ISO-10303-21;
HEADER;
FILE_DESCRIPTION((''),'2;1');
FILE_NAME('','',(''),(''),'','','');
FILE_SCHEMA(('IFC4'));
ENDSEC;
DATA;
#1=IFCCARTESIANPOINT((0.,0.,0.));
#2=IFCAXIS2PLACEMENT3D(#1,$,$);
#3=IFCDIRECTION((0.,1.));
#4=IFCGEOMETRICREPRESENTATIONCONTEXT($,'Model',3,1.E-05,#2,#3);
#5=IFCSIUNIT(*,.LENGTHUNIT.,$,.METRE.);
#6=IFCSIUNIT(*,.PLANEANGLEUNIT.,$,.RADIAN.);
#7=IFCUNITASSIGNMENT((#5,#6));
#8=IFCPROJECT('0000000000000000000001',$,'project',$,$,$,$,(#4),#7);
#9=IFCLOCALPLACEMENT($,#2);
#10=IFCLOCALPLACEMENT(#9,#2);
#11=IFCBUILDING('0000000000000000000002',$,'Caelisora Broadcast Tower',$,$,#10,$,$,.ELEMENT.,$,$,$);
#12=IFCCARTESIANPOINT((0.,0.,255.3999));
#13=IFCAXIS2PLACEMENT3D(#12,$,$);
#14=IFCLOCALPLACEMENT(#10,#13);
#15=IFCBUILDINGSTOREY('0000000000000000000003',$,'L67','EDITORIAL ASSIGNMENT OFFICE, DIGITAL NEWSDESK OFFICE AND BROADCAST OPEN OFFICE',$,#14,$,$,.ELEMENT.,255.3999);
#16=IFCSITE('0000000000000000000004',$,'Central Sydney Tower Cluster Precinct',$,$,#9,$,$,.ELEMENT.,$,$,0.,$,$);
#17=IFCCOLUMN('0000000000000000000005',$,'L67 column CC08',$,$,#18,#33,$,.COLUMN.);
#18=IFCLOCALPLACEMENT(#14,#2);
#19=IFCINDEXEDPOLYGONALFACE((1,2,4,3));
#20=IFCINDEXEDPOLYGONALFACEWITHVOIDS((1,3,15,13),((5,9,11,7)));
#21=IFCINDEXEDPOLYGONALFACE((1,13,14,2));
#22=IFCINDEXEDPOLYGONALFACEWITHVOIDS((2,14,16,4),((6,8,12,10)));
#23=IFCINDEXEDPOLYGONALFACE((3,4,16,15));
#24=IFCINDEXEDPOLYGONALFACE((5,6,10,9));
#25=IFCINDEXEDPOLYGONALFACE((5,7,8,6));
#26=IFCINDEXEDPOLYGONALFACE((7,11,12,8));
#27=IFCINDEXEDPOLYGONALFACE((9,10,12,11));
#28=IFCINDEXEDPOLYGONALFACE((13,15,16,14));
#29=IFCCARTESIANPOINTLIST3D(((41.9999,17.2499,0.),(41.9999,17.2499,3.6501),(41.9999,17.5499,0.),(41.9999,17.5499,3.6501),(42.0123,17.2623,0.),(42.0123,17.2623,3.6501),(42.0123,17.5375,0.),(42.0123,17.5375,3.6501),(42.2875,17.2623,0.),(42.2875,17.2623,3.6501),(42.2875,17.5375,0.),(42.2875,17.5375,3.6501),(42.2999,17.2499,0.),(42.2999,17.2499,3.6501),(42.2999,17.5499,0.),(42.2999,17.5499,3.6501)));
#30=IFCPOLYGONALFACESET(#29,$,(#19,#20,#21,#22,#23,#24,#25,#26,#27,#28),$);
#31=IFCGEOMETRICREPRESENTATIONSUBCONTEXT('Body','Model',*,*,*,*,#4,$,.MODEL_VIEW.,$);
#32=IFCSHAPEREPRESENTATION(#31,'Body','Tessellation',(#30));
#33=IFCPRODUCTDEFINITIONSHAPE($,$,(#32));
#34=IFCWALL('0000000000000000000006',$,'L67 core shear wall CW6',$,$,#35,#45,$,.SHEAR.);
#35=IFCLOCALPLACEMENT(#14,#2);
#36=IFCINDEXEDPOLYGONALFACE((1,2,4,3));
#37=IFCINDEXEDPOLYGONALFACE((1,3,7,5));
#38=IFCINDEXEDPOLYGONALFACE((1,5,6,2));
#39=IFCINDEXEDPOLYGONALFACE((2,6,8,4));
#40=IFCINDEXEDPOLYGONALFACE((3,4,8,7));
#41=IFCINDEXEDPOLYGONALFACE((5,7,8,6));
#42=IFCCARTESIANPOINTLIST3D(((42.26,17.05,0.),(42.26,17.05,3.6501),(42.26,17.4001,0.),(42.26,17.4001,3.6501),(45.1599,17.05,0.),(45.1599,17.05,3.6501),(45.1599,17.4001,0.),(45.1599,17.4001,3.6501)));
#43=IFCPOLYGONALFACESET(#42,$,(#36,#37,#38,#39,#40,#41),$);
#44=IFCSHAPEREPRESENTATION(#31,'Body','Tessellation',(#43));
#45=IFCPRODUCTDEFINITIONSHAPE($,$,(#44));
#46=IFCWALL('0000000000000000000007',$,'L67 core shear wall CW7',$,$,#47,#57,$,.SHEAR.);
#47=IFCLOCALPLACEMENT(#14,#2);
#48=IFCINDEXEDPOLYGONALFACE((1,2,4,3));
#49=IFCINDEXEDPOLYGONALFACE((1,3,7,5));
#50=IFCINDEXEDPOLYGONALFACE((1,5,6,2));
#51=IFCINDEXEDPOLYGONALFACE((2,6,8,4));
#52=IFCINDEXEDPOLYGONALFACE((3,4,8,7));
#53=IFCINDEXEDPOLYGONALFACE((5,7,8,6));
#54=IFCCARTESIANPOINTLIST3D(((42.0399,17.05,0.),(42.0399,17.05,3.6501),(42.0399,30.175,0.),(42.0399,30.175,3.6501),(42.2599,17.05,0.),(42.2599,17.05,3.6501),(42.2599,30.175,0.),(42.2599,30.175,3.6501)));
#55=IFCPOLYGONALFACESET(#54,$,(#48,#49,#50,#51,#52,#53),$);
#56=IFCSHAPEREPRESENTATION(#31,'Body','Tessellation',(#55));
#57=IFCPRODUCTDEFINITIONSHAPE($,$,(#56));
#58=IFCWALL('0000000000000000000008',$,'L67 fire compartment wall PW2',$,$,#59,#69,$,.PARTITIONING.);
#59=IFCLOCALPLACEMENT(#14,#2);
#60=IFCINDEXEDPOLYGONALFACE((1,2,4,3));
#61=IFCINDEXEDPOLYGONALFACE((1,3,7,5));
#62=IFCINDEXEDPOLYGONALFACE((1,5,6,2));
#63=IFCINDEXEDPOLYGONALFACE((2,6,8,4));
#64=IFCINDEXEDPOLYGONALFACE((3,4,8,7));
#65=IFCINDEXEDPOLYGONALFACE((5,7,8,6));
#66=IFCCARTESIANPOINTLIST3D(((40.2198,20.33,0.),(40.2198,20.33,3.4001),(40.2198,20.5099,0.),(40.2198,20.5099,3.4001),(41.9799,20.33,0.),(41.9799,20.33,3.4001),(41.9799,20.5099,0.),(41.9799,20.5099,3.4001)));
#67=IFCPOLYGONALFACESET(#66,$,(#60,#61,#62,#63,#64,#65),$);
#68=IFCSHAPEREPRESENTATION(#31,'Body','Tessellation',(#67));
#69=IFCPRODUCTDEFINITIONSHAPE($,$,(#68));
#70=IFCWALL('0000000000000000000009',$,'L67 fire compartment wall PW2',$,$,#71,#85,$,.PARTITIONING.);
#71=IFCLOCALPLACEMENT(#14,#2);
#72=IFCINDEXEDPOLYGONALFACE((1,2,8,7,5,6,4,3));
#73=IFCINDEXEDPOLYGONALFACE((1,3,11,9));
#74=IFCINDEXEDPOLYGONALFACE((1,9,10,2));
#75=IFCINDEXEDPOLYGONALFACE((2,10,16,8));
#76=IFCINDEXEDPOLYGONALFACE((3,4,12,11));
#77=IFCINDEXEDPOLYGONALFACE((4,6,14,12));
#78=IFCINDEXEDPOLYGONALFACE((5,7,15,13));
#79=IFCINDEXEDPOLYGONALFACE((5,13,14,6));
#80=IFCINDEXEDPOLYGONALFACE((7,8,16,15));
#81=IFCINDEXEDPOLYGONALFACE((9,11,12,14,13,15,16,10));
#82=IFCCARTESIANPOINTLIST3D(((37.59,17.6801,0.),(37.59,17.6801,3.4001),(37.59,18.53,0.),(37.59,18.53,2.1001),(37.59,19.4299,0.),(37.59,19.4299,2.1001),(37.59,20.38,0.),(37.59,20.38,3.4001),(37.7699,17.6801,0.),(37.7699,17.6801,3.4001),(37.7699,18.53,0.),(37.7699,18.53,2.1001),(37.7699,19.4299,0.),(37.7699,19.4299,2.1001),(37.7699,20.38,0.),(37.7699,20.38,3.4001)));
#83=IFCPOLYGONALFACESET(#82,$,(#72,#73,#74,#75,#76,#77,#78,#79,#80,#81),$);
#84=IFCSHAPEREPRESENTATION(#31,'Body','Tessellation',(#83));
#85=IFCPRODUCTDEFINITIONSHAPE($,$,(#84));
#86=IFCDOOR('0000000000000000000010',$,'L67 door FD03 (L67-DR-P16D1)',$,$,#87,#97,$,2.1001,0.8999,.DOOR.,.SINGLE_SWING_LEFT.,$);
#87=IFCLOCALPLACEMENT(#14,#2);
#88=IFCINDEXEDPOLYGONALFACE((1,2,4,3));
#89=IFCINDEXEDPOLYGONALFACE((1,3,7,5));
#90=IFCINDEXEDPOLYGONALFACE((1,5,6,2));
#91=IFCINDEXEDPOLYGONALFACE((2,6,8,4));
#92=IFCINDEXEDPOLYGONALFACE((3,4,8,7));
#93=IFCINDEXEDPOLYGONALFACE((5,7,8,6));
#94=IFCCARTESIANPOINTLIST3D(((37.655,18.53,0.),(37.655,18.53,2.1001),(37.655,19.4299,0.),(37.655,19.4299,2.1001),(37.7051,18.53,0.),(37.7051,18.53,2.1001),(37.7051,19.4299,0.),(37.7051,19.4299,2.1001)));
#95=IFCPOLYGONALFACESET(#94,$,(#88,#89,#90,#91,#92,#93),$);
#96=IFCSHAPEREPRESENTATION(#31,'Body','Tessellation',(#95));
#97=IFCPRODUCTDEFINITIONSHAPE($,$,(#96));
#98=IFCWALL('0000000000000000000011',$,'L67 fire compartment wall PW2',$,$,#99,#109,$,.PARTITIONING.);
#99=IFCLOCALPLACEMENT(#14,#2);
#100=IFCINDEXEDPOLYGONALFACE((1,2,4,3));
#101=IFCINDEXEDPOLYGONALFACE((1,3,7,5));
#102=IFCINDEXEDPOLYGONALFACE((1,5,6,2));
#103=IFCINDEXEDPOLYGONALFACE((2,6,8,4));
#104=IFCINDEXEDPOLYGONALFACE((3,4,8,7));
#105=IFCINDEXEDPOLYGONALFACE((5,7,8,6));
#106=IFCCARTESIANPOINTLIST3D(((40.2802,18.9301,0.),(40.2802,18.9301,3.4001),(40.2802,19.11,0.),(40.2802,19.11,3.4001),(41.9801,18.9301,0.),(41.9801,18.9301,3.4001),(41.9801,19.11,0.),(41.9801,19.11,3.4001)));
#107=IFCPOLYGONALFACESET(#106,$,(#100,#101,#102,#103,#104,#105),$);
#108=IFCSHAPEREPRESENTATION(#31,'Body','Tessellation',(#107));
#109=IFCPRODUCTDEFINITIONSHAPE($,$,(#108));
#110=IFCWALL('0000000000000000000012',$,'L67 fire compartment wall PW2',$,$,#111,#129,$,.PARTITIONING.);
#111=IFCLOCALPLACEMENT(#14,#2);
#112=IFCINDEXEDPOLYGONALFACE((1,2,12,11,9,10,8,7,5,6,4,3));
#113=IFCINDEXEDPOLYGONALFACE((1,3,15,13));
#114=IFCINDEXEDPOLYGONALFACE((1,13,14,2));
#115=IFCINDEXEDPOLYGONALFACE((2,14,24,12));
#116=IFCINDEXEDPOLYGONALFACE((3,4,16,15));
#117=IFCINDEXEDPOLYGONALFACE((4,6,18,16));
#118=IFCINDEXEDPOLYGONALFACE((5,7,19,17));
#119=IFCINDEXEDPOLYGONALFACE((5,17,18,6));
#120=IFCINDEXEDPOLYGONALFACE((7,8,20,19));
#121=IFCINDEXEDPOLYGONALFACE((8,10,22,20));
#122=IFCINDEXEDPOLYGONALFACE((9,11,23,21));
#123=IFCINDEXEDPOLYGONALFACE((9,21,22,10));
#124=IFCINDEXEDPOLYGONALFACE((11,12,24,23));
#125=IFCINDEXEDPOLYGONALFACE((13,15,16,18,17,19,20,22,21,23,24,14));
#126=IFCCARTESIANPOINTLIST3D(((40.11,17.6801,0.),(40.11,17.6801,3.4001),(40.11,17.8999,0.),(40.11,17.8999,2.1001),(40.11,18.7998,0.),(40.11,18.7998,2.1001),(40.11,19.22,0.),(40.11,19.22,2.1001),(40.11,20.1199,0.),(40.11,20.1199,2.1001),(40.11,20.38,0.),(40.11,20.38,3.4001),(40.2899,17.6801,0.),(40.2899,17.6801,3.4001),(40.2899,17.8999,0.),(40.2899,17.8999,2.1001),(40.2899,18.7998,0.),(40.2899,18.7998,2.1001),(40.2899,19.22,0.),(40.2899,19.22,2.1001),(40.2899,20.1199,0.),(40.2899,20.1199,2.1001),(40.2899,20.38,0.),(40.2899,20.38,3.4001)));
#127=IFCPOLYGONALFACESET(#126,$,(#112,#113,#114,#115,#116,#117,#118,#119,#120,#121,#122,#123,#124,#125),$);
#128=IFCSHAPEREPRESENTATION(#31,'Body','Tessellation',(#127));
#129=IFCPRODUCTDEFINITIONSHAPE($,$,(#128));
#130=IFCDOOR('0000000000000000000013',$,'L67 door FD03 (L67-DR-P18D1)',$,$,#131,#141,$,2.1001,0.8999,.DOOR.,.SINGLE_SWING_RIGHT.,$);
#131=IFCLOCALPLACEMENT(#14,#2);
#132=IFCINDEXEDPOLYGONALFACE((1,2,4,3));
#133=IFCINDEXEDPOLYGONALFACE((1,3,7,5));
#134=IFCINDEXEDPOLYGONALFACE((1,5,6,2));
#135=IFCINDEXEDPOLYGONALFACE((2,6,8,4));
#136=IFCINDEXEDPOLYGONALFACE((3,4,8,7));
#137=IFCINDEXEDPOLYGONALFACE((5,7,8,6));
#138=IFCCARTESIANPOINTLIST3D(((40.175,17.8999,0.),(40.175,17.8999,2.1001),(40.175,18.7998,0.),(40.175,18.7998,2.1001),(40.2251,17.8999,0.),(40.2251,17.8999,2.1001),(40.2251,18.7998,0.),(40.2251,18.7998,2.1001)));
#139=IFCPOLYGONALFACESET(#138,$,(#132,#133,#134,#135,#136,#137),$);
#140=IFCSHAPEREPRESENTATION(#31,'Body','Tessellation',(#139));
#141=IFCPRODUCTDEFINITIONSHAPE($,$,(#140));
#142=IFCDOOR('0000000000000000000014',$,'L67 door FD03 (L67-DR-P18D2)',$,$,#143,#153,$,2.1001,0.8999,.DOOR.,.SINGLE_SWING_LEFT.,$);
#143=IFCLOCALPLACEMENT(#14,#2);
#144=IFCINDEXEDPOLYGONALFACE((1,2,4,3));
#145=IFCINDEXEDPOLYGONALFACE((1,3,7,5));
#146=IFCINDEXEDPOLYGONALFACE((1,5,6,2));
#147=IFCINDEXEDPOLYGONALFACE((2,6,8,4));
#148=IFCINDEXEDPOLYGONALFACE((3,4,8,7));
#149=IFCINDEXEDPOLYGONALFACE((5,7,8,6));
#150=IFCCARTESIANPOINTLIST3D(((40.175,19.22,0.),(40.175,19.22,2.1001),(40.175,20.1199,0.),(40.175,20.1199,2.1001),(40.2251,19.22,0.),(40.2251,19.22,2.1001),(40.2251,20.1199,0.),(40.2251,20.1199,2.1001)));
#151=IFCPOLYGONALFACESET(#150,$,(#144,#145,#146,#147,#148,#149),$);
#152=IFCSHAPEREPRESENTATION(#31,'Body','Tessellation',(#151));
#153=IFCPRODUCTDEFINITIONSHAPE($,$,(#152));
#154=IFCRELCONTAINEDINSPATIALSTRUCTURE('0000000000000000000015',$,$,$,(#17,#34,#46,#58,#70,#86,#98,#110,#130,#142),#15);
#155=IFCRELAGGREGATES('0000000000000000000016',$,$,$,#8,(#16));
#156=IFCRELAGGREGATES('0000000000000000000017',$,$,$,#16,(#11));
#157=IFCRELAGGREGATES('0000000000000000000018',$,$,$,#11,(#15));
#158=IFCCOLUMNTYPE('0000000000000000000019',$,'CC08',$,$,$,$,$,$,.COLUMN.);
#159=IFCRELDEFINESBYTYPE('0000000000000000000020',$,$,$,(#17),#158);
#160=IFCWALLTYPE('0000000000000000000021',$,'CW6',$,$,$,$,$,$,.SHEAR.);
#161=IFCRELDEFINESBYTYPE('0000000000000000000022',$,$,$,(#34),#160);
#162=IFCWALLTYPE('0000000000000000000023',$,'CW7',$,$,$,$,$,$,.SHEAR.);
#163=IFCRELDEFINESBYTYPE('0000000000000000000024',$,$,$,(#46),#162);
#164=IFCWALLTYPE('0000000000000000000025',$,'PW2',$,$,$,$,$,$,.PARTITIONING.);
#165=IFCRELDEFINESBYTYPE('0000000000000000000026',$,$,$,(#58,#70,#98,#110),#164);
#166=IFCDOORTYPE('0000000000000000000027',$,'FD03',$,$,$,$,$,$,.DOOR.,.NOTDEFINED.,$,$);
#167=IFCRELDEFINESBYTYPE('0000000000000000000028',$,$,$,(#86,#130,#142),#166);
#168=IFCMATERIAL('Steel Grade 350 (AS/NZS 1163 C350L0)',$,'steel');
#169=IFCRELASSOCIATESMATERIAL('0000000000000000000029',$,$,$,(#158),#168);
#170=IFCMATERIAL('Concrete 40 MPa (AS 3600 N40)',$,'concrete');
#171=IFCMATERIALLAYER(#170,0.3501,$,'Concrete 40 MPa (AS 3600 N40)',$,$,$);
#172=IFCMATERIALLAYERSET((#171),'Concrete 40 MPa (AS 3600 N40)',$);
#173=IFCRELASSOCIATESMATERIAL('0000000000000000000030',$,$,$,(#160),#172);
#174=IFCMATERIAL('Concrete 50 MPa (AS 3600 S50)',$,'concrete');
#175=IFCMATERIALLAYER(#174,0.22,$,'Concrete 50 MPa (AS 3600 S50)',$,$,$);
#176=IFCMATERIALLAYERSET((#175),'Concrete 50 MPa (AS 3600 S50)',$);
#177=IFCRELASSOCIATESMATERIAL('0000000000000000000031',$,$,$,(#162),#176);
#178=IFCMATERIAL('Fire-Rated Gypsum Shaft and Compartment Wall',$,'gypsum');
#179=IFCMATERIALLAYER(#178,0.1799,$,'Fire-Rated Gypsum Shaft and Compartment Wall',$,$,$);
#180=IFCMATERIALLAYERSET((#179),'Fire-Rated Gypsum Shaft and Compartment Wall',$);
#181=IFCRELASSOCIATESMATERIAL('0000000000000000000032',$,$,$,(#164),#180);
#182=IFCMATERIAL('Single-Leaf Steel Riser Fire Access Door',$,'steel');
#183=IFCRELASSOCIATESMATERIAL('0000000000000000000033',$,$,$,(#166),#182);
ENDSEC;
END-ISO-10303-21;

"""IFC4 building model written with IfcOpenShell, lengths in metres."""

from ifc_helpers import new_model, si_unit, direction, frame, frame_2d, origin, origin_2d, place, context, subcontext, project, spatial, rectangle, hollow_rectangle, extrude, source, transform, mapped, material, layer, layer_set, material_profile, profile_set, type_object, type_shapes, element, fill, save


model = new_model("IFC4")

# Units and contexts
model_context = context("Model", 3, precision=1e-05, world=origin(), true_north=direction((0.0, 1.0)))
body_context = subcontext(model_context, "Body", "Model", "MODEL_VIEW")
ifc_project = project(units=[si_unit("LENGTHUNIT", "METRE"), si_unit("PLANEANGLEUNIT", "RADIAN")], contexts=[model_context])

# Site, building, storey
site_placement = place(None, origin())
site = spatial("IfcSite", under=ifc_project, at=site_placement, Name="Central Sydney Tower Cluster Precinct", CompositionType="ELEMENT", RefElevation=0.0)
building_placement = place(site_placement, origin())
building = spatial("IfcBuilding", under=site, at=building_placement, Name="Caelisora Broadcast Tower", CompositionType="ELEMENT")
storey_placement = place(building_placement, frame((0.0, 0.0, 255.3999)))
storey = spatial("IfcBuildingStorey", under=building, at=storey_placement, Name="L67", Description="EDITORIAL ASSIGNMENT OFFICE, DIGITAL NEWSDESK OFFICE AND BROADCAST OPEN OFFICE", CompositionType="ELEMENT", Elevation=255.3999)

# Column
ifc_material_1 = material(Name="Steel Grade 350 (AS/NZS 1163 C350L0)", Category="steel")
ifc_material_profile = material_profile(ifc_material_1, hollow_rectangle(XDim=0.3, YDim=0.3, WallThickness=0.0125, at=origin_2d()), Name="Steel Grade 350 (AS/NZS 1163 C350L0)")
ifc_profile_set = profile_set([ifc_material_profile], Name="Steel Grade 350 (AS/NZS 1163 C350L0)")
column_type = type_object("IfcColumnType", Name="CC08", PredefinedType="COLUMN", material=ifc_profile_set)
shared_shape = source(origin(), body_context, "Body", "SweptSolid", [
    extrude(hollow_rectangle(XDim=0.3, YDim=0.3, WallThickness=0.0125, at=origin_2d()), origin(), (0.0, 0.0, 1.0), 3.6501),
])
type_shapes(column_type, [shared_shape])
column_placement = place(storey_placement, frame((42.1499, 17.3999, 0.0), z_axis=(0.0, 0.0, 1.0), x_axis=(1.0, 0.0, 0.0)))
element("IfcColumn", 1, at=column_placement, inside=storey, type_object=column_type, Name="L67 column CC08", PredefinedType="COLUMN", context=body_context, shape_type="MappedRepresentation", body=[
    mapped(shared_shape, transform((0.0, 0.0, 0.0), scale=1.0)),
])

# Walls
ifc_material_2 = material(Name="Concrete 40 MPa (AS 3600 N40)", Category="concrete")
ifc_layer_1 = layer(ifc_material_2, 0.3501, Name="Concrete 40 MPa (AS 3600 N40)")
ifc_layer_set_1 = layer_set([ifc_layer_1], Name="Concrete 40 MPa (AS 3600 N40)")
wall_type_1 = type_object("IfcWallType", Name="CW6", PredefinedType="SHEAR", material=ifc_layer_set_1)
wall_1_placement = place(storey_placement, frame((42.26, 17.2251, 0.0), z_axis=(0.0, 0.0, 1.0), x_axis=(1.0, 0.0, 0.0)))
element("IfcWall", 2, at=wall_1_placement, inside=storey, type_object=wall_type_1, Name="L67 core shear wall CW6", PredefinedType="SHEAR", context=body_context, shape_type="SweptSolid", body=[
    extrude(rectangle(XDim=2.8999, YDim=0.3501, at=frame_2d((1.45, 0.0))), origin(), (0.0, 0.0, 1.0), 3.6501),
])
ifc_material_3 = material(Name="Concrete 50 MPa (AS 3600 S50)", Category="concrete")
ifc_layer_2 = layer(ifc_material_3, 0.22, Name="Concrete 50 MPa (AS 3600 S50)")
ifc_layer_set_2 = layer_set([ifc_layer_2], Name="Concrete 50 MPa (AS 3600 S50)")
wall_type_2 = type_object("IfcWallType", Name="CW7", PredefinedType="SHEAR", material=ifc_layer_set_2)
wall_2_placement = place(storey_placement, frame((42.1499, 17.05, 0.0), z_axis=(0.0, 0.0, 1.0), x_axis=(0.0, 1.0, 0.0)))
element("IfcWall", 3, at=wall_2_placement, inside=storey, type_object=wall_type_2, Name="L67 core shear wall CW7", PredefinedType="SHEAR", context=body_context, shape_type="SweptSolid", body=[
    extrude(rectangle(XDim=13.125, YDim=0.22, at=frame_2d((6.5625, 0.0))), origin(), (0.0, 0.0, 1.0), 3.6501),
])
ifc_material_4 = material(Name="Fire-Rated Gypsum Shaft and Compartment Wall", Category="gypsum")
ifc_layer_3 = layer(ifc_material_4, 0.1799, Name="Fire-Rated Gypsum Shaft and Compartment Wall")
ifc_layer_set_3 = layer_set([ifc_layer_3], Name="Fire-Rated Gypsum Shaft and Compartment Wall")
wall_type_3 = type_object("IfcWallType", Name="PW2", PredefinedType="PARTITIONING", material=ifc_layer_set_3)
wall_3_placement = place(storey_placement, frame((40.22, 20.4199, 0.0), z_axis=(0.0, 0.0, 1.0), x_axis=(1.0, 0.0, 0.0)))
element("IfcWall", 4, at=wall_3_placement, inside=storey, type_object=wall_type_3, Name="L67 fire compartment wall PW2", PredefinedType="PARTITIONING", context=body_context, shape_type="SweptSolid", body=[
    extrude(rectangle(XDim=1.76, YDim=0.1799, at=frame_2d((0.8799, 0.0))), origin(), (0.0, 0.0, 1.0), 3.4001),
])

# Wall, opening, door
wall_4_placement = place(storey_placement, frame((37.6799, 17.6799, 0.0), z_axis=(0.0, 0.0, 1.0), x_axis=(0.0, 1.0, 0.0)))
wall_4 = element("IfcWall", 5, at=wall_4_placement, inside=storey, type_object=wall_type_3, Name="L67 fire compartment wall PW2", PredefinedType="PARTITIONING", context=body_context, shape_type="SweptSolid", body=[
    extrude(rectangle(XDim=2.7, YDim=0.1799, at=frame_2d((1.3501, 0.0))), origin(), (0.0, 0.0, 1.0), 3.4001),
])
opening_1_placement = place(wall_4_placement, frame((0.8501, 0.0, 0.0)))
opening_1 = element("IfcOpeningElement", 6, at=opening_1_placement, cuts=wall_4, PredefinedType="OPENING", context=body_context, shape_type="SweptSolid", body=[
    extrude(rectangle(XDim=0.8999, YDim=2.1001, at=frame_2d((0.45, 1.05))), frame((0.0, 0.1021, 0.0), z_axis=(0.0, -1.0, 0.0), x_axis=(1.0, 0.0, 0.0)), (0.0, 0.0, 1.0), 0.2039),
])
ifc_material_5 = material(Name="Single-Leaf Steel Riser Fire Access Door", Category="steel")
door_type_1 = type_object("IfcDoorType", Name="FD03", OperationType="NOTDEFINED", PredefinedType="DOOR", material=ifc_material_5)
door_1_placement = place(opening_1_placement, origin())
door_1 = element("IfcDoor", 7, at=door_1_placement, inside=storey, type_object=door_type_1, Name="L67 door FD03 (L67-DR-P16D1)", OperationType="SINGLE_SWING_LEFT", OverallHeight=2.1001, OverallWidth=0.8999, PredefinedType="DOOR", context=body_context, shape_type="SweptSolid", body=[
    extrude(rectangle(XDim=0.8999, YDim=2.1001, at=frame_2d((0.45, 1.05))), frame((0.0, 0.0249, 0.0), z_axis=(0.0, -1.0, 0.0), x_axis=(1.0, 0.0, 0.0)), (0.0, 0.0, 1.0), 0.05),
])
fill(opening_1, door_1)

# Wall
wall_5_placement = place(storey_placement, frame((40.28, 19.02, 0.0), z_axis=(0.0, 0.0, 1.0), x_axis=(1.0, 0.0, 0.0)))
element("IfcWall", 8, at=wall_5_placement, inside=storey, type_object=wall_type_3, Name="L67 fire compartment wall PW2", PredefinedType="PARTITIONING", context=body_context, shape_type="SweptSolid", body=[
    extrude(rectangle(XDim=1.7, YDim=0.1799, at=frame_2d((0.8501, 0.0))), origin(), (0.0, 0.0, 1.0), 3.4001),
])

# Wall, openings, doors
wall_6_placement = place(storey_placement, frame((40.2, 17.6799, 0.0), z_axis=(0.0, 0.0, 1.0), x_axis=(0.0, 1.0, 0.0)))
wall_6 = element("IfcWall", 9, at=wall_6_placement, inside=storey, type_object=wall_type_3, Name="L67 fire compartment wall PW2", PredefinedType="PARTITIONING", context=body_context, shape_type="SweptSolid", body=[
    extrude(rectangle(XDim=2.7, YDim=0.1799, at=frame_2d((1.3501, 0.0))), origin(), (0.0, 0.0, 1.0), 3.4001),
])
opening_2_placement = place(wall_6_placement, frame((0.22, 0.0, 0.0)))
opening_2 = element("IfcOpeningElement", 10, at=opening_2_placement, cuts=wall_6, PredefinedType="OPENING", context=body_context, shape_type="SweptSolid", body=[
    extrude(rectangle(XDim=0.8999, YDim=2.1001, at=frame_2d((0.45, 1.05))), frame((0.0, 0.1021, 0.0), z_axis=(0.0, -1.0, 0.0), x_axis=(1.0, 0.0, 0.0)), (0.0, 0.0, 1.0), 0.2039),
])
opening_3_placement = place(wall_6_placement, frame((1.54, 0.0, 0.0)))
opening_3 = element("IfcOpeningElement", 11, at=opening_3_placement, cuts=wall_6, PredefinedType="OPENING", context=body_context, shape_type="SweptSolid", body=[
    extrude(rectangle(XDim=0.8999, YDim=2.1001, at=frame_2d((0.45, 1.05))), frame((0.0, 0.1021, 0.0), z_axis=(0.0, -1.0, 0.0), x_axis=(1.0, 0.0, 0.0)), (0.0, 0.0, 1.0), 0.2039),
])
door_2_placement = place(opening_2_placement, origin())
door_2 = element("IfcDoor", 12, at=door_2_placement, inside=storey, type_object=door_type_1, Name="L67 door FD03 (L67-DR-P18D1)", OperationType="SINGLE_SWING_RIGHT", OverallHeight=2.1001, OverallWidth=0.8999, PredefinedType="DOOR", context=body_context, shape_type="SweptSolid", body=[
    extrude(rectangle(XDim=0.8999, YDim=2.1001, at=frame_2d((0.45, 1.05))), frame((0.0, 0.0249, 0.0), z_axis=(0.0, -1.0, 0.0), x_axis=(1.0, 0.0, 0.0)), (0.0, 0.0, 1.0), 0.05),
])
fill(opening_2, door_2)
door_3_placement = place(opening_3_placement, origin())
door_3 = element("IfcDoor", 13, at=door_3_placement, inside=storey, type_object=door_type_1, Name="L67 door FD03 (L67-DR-P18D2)", OperationType="SINGLE_SWING_LEFT", OverallHeight=2.1001, OverallWidth=0.8999, PredefinedType="DOOR", context=body_context, shape_type="SweptSolid", body=[
    extrude(rectangle(XDim=0.8999, YDim=2.1001, at=frame_2d((0.45, 1.05))), frame((0.0, 0.0249, 0.0), z_axis=(0.0, -1.0, 0.0), x_axis=(1.0, 0.0, 0.0)), (0.0, 0.0, 1.0), 0.05),
])
fill(opening_3, door_3)

save(model, "model.ifc")
